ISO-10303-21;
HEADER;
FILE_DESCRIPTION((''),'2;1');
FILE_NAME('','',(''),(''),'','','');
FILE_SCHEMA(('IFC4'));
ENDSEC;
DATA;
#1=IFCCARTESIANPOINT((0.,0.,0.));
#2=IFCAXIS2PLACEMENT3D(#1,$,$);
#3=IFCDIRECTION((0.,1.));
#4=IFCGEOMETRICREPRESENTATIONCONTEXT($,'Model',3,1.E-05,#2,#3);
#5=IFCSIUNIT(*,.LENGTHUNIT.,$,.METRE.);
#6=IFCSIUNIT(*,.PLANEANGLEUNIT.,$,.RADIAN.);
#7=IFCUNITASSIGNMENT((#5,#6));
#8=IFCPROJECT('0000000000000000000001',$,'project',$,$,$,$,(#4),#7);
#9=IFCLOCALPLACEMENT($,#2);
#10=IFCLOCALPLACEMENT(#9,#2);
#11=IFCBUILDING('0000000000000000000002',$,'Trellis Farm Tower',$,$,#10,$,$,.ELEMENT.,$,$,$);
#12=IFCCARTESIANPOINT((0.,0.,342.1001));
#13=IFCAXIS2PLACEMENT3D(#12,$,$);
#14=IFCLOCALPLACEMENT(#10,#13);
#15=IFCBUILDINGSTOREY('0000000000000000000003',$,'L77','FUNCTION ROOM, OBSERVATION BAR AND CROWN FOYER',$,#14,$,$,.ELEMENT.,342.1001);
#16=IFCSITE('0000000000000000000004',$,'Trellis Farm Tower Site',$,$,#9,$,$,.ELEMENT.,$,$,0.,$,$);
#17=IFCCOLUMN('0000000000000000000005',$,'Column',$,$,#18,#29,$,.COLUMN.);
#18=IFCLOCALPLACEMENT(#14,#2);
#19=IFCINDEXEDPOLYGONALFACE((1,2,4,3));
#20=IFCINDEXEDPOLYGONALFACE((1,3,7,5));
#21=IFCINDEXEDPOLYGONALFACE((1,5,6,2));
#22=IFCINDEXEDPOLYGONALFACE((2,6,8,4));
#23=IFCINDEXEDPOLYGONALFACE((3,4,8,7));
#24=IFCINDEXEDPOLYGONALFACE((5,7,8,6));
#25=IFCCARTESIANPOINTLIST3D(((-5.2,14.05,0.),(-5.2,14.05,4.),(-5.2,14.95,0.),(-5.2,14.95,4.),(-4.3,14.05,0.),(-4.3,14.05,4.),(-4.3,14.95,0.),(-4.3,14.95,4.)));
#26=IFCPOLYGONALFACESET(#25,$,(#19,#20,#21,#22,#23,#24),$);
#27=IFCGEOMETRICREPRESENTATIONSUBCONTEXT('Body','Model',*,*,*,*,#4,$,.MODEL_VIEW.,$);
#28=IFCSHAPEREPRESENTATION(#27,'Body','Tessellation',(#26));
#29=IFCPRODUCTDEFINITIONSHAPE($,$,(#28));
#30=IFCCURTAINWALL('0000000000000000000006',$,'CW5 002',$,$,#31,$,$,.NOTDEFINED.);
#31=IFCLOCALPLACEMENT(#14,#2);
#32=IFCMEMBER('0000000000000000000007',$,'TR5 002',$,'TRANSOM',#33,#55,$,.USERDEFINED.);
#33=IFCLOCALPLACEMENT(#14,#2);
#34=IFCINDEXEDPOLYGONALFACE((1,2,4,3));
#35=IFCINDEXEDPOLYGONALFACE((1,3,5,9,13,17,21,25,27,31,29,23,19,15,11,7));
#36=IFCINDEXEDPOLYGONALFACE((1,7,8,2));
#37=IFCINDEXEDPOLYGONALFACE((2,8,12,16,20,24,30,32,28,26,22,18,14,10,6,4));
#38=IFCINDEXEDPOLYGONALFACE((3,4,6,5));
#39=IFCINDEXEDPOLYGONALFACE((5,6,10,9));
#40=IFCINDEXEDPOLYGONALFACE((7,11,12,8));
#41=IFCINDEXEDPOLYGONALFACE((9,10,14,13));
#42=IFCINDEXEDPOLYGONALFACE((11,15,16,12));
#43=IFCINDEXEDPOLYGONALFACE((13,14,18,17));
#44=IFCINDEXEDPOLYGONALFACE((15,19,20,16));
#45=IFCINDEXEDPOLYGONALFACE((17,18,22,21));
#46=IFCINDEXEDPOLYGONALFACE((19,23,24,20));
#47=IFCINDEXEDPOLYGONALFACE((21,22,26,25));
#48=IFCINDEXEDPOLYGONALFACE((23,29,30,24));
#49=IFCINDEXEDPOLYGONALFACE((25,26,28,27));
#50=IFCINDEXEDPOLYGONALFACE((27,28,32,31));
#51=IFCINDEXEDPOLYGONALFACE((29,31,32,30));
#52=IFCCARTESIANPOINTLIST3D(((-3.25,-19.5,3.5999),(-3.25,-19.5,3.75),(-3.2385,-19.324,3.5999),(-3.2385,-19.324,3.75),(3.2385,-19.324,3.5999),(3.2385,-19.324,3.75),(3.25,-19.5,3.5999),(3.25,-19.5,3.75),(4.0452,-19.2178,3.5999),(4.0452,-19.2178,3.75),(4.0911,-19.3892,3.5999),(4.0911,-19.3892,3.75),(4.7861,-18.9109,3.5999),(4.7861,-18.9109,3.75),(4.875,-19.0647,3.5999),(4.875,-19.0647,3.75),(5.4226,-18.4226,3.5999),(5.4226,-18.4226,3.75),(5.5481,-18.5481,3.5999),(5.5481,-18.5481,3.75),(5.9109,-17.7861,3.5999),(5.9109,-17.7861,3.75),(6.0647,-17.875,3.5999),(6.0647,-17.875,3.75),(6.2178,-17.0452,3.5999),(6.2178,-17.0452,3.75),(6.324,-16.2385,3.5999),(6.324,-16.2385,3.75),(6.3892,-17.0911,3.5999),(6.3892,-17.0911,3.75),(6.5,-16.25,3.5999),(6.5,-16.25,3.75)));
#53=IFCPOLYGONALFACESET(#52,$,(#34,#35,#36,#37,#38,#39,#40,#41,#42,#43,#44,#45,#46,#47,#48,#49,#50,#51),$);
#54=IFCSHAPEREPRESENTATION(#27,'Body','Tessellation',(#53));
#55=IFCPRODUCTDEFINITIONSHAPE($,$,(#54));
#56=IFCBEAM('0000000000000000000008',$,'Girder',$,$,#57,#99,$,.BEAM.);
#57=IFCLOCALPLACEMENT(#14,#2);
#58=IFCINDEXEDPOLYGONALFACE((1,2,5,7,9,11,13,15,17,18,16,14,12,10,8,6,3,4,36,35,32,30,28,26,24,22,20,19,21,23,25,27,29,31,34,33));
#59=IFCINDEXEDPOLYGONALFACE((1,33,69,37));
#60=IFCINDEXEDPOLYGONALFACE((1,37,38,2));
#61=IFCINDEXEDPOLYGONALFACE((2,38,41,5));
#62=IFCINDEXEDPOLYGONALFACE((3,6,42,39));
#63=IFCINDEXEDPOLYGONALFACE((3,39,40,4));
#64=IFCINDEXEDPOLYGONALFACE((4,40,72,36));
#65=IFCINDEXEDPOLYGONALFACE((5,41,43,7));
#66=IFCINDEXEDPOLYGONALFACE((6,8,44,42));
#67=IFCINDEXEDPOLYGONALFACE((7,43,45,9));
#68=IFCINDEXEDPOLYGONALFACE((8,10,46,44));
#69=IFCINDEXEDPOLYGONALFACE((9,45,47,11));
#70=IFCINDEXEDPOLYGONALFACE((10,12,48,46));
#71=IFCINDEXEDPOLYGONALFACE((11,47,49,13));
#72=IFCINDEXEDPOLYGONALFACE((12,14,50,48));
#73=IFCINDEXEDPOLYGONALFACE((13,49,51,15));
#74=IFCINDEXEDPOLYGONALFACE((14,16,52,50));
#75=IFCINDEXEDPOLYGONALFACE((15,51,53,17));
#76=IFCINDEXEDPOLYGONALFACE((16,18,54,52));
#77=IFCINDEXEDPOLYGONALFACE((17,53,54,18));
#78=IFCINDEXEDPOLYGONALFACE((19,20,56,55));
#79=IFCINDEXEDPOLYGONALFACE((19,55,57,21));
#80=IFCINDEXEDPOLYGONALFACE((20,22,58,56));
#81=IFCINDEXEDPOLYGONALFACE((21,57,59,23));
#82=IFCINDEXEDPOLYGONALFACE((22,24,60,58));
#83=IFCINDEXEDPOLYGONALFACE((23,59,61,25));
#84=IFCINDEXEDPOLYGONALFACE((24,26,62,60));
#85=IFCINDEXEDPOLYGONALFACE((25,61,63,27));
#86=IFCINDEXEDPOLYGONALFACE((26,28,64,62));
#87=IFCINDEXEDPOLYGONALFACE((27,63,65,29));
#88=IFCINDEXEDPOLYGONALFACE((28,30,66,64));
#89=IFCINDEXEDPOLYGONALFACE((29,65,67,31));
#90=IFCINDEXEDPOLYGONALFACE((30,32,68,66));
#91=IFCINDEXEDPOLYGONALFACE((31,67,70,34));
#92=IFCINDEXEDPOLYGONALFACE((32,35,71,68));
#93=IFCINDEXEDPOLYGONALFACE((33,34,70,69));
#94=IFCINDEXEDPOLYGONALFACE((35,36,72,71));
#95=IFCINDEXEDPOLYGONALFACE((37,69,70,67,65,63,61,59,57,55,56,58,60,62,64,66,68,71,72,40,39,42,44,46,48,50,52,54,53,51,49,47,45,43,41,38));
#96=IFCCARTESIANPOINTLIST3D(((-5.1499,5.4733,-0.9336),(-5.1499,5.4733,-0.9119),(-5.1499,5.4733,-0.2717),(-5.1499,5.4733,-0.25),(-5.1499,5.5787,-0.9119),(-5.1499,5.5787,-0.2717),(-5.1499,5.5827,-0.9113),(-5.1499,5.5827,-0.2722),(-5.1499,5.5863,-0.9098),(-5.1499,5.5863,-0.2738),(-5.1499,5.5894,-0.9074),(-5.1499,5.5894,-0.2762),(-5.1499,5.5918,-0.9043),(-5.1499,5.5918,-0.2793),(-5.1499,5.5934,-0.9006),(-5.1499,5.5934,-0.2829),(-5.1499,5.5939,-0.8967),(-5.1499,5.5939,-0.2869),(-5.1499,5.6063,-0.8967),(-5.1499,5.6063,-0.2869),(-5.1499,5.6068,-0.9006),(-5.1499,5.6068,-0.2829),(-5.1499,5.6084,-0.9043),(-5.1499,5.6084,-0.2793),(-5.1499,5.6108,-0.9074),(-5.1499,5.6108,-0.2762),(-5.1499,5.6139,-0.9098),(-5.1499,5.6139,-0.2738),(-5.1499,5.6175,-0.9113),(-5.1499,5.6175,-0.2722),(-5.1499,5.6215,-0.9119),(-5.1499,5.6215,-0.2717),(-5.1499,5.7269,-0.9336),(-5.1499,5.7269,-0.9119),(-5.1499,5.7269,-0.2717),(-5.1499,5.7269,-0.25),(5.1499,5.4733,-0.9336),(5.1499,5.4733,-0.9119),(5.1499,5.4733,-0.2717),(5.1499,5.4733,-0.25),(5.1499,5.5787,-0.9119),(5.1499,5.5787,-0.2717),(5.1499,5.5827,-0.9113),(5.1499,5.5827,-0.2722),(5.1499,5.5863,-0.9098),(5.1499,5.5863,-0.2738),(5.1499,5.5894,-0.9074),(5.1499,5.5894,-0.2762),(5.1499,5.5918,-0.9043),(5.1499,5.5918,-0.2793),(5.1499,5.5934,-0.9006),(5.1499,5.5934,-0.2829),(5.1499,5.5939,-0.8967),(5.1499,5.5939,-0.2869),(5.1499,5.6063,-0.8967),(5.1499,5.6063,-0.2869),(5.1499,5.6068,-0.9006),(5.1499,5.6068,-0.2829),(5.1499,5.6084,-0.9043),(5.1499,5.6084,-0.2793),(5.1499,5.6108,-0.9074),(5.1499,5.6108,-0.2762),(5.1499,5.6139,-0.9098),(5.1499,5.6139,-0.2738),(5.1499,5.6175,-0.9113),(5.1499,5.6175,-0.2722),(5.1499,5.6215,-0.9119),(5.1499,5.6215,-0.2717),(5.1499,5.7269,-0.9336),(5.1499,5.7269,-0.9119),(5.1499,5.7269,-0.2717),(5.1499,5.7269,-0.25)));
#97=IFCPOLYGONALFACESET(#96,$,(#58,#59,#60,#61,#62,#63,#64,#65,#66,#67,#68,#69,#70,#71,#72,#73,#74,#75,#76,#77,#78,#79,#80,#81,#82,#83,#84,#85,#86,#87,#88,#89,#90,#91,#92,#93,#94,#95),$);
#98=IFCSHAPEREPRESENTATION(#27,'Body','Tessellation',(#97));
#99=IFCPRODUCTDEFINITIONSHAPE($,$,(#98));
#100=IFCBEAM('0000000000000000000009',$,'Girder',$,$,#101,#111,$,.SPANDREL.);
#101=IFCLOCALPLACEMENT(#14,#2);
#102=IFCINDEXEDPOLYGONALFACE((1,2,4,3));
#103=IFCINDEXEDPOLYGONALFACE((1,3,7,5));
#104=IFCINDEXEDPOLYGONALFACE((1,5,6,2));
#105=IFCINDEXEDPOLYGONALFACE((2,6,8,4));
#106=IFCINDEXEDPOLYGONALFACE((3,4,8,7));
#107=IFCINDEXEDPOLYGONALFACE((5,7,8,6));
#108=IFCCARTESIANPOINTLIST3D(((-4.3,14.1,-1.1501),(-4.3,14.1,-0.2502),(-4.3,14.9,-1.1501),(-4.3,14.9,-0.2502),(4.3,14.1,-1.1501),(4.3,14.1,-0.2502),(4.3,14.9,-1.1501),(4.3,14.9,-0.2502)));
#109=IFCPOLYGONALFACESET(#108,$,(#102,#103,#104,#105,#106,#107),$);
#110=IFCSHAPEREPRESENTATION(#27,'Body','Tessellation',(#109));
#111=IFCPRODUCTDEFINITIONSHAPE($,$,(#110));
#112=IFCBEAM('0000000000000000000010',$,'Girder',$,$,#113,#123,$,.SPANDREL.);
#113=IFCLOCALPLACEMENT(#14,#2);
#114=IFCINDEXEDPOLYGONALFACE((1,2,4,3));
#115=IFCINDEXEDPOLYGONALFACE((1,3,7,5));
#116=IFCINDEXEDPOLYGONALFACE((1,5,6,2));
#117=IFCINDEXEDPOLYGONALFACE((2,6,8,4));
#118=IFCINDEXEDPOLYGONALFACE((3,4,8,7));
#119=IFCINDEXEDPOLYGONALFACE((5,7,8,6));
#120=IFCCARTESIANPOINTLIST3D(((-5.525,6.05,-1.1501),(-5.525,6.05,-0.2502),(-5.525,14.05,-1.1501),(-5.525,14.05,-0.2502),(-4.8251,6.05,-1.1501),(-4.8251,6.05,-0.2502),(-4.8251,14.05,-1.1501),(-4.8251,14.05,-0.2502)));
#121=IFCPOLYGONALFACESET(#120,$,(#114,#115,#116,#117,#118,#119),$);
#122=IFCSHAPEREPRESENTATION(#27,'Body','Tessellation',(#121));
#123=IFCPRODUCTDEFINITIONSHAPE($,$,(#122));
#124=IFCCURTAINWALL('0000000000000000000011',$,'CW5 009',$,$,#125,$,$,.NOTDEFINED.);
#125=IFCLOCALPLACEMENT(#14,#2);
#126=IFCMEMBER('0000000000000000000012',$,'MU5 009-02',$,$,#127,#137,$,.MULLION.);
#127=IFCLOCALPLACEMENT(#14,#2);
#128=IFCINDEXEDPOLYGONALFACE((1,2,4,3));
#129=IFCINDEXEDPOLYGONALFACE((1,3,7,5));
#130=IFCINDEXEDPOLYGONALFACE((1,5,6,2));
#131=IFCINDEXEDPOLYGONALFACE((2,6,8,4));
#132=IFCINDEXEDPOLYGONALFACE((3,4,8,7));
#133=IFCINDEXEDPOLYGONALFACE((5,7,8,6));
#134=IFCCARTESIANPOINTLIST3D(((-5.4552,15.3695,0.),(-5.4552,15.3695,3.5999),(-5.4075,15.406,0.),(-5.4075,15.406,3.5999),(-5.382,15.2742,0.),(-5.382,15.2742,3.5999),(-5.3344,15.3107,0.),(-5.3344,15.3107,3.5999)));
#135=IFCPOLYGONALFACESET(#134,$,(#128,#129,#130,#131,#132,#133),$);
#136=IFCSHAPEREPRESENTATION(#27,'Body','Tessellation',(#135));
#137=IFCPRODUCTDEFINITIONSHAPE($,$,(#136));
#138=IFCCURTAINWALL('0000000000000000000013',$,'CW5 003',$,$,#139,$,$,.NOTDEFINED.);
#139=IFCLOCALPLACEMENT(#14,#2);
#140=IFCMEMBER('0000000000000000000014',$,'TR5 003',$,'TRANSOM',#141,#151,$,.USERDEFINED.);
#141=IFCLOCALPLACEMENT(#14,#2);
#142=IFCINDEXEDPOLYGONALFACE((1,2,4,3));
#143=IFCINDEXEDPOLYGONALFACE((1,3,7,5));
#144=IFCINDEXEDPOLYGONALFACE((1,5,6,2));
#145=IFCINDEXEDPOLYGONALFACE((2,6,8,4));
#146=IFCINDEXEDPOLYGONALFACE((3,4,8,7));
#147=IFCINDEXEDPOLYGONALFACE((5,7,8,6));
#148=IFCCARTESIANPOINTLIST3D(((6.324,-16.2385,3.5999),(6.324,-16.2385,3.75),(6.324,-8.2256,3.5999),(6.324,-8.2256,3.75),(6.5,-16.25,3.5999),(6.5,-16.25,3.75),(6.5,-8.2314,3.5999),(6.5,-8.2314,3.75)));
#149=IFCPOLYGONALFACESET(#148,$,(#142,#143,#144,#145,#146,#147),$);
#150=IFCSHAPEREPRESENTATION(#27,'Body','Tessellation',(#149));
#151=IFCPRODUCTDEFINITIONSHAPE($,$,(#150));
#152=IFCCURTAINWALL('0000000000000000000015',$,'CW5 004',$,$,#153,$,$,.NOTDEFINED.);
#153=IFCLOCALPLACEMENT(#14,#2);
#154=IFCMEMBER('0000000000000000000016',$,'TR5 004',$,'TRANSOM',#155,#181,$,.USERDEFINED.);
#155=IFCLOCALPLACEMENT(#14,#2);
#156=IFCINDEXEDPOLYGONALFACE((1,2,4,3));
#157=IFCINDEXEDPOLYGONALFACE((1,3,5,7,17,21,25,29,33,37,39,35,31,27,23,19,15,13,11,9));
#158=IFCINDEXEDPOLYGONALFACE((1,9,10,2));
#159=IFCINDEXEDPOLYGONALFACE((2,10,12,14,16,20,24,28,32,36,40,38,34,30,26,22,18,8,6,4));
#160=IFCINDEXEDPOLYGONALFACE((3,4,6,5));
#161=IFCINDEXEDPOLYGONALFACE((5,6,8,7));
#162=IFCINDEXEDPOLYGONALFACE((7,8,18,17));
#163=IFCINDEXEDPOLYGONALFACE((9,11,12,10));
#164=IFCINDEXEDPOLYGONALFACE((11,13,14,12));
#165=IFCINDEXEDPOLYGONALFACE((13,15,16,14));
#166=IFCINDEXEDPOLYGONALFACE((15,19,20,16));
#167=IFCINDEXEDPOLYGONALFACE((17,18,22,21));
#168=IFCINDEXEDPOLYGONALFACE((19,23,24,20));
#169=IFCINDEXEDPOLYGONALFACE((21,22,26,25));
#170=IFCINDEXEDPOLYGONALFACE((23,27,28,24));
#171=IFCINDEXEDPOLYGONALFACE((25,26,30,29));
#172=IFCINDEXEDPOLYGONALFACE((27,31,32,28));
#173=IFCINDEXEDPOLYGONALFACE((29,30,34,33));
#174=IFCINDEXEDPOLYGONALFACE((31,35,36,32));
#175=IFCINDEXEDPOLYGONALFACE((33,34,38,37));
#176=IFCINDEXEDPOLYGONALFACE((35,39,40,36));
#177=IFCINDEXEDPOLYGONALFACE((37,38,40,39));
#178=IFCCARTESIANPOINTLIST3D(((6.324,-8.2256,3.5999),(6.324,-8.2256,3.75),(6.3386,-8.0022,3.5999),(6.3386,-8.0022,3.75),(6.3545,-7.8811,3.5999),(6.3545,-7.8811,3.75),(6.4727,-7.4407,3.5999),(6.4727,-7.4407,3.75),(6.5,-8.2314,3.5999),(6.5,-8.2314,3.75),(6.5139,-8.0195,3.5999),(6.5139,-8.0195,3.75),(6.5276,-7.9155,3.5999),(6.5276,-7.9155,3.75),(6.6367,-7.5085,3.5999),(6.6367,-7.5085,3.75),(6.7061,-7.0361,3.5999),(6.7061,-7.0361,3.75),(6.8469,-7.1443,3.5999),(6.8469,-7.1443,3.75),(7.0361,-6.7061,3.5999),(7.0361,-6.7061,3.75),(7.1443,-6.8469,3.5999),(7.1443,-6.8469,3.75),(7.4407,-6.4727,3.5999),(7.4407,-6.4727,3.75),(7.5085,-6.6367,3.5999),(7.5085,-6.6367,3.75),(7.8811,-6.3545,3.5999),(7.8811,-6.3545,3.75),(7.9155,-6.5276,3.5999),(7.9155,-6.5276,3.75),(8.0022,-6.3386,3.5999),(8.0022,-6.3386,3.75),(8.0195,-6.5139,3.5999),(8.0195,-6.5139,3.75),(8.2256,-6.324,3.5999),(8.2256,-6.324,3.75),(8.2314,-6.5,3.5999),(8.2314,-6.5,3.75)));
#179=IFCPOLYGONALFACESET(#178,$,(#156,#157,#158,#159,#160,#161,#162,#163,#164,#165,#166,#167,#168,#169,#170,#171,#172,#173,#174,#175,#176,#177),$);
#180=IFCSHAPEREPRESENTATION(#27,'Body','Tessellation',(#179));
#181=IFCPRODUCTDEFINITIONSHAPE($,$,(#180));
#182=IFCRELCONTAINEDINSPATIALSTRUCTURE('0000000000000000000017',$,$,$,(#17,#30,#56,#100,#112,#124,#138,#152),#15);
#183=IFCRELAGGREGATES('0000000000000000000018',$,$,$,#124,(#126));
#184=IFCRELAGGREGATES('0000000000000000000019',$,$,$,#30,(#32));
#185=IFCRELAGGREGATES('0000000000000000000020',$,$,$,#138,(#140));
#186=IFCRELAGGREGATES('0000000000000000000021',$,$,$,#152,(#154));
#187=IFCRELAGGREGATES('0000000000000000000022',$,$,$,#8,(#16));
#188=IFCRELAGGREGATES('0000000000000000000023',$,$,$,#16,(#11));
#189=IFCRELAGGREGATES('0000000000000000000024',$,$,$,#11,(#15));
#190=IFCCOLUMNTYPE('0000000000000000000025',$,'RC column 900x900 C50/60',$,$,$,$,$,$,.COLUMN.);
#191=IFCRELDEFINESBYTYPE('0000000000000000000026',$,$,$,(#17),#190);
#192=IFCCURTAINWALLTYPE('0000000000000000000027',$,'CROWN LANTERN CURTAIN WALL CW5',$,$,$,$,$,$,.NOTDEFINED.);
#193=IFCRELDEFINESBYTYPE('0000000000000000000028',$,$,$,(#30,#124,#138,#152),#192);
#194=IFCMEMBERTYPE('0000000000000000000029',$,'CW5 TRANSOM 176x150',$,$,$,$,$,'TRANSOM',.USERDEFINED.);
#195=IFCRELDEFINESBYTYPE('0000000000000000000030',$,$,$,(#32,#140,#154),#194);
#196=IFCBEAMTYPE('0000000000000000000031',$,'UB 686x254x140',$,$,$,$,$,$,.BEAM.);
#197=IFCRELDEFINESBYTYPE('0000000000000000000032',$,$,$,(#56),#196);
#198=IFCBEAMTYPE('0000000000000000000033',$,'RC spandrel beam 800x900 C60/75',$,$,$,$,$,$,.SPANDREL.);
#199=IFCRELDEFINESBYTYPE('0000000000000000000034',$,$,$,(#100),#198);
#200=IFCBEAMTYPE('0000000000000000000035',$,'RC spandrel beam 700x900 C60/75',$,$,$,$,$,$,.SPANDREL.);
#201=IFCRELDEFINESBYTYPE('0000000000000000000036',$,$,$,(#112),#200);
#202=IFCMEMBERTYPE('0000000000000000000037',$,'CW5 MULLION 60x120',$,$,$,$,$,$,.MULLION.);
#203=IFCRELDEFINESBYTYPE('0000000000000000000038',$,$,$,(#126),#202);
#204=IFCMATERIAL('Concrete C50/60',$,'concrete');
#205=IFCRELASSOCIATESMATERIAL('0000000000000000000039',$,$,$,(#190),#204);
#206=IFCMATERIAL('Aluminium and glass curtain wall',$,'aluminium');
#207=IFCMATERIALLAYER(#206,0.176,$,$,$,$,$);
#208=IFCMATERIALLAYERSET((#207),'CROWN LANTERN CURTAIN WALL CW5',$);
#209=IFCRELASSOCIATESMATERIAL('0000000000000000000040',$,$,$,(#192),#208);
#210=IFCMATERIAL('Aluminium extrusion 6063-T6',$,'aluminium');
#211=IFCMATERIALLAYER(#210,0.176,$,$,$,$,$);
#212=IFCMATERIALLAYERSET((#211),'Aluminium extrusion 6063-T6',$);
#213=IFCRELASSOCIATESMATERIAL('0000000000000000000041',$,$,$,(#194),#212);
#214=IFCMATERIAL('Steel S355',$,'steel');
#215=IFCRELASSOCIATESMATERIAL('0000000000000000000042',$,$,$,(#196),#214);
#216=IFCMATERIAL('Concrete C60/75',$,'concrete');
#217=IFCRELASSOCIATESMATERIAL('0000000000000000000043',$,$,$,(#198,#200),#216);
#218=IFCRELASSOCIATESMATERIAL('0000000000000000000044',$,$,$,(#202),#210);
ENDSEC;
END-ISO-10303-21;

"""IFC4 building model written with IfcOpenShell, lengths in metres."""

from ifc_helpers import new_model, si_unit, direction, frame, origin, origin_2d, place, context, subcontext, project, spatial, polyline, rectangle, i_section, outline, extrude, source, transform, mapped, material, layer, layer_set, material_profile, profile_set, type_object, element, aggregate, save


model = new_model("IFC4")

# Units and contexts
model_context = context("Model", 3, precision=1e-05, world=origin(), true_north=direction((0.0, 1.0)))
body_context = subcontext(model_context, "Body", "Model", "MODEL_VIEW")
ifc_project = project(units=[si_unit("LENGTHUNIT", "METRE"), si_unit("PLANEANGLEUNIT", "RADIAN")], contexts=[model_context])

# Site, building, storey
site_placement = place(None, origin())
site = spatial("IfcSite", under=ifc_project, at=site_placement, Name="Trellis Farm Tower Site", CompositionType="ELEMENT", RefElevation=0.0)
building_placement = place(site_placement, origin())
building = spatial("IfcBuilding", under=site, at=building_placement, Name="Trellis Farm Tower", CompositionType="ELEMENT")
storey_placement = place(building_placement, frame((0.0, 0.0, 342.1001)))
storey = spatial("IfcBuildingStorey", under=building, at=storey_placement, Name="L77", Description="FUNCTION ROOM, OBSERVATION BAR AND CROWN FOYER", CompositionType="ELEMENT", Elevation=342.1001)

# Column
ifc_material_1 = material(Name="Concrete C50/60", Category="concrete")
ifc_material_profile_1 = material_profile(ifc_material_1, rectangle(XDim=0.8999, YDim=0.8999, at=origin_2d()), Name="RC column 900x900 C50/60")
ifc_profile_set_1 = profile_set([ifc_material_profile_1], Name="Concrete C50/60")
column_type = type_object("IfcColumnType", Name="RC column 900x900 C50/60", PredefinedType="COLUMN", material=ifc_profile_set_1)
shared_shape_1 = source(origin(), body_context, "Body", "SweptSolid", [
    extrude(rectangle(XDim=0.8999, YDim=0.8999, at=origin_2d()), origin(), (0.0, 0.0, 1.0), 4.0),
])
column_placement = place(storey_placement, frame((-4.75, 14.5, 0.0), z_axis=(0.0, 0.0, 1.0), x_axis=(1.0, 0.0, 0.0)))
element("IfcColumn", 1, at=column_placement, inside=storey, type_object=column_type, Name="Column", PredefinedType="COLUMN", context=body_context, shape_type="MappedRepresentation", body=[
    mapped(shared_shape_1, transform((0.0, 0.0, 0.0))),
])

# Curtain wall, member
ifc_material_2 = material(Name="Aluminium and glass curtain wall", Category="aluminium")
ifc_layer_1 = layer(ifc_material_2, 0.176)
ifc_layer_set_1 = layer_set([ifc_layer_1], Name="CROWN LANTERN CURTAIN WALL CW5")
curtain_wall_type = type_object("IfcCurtainWallType", Name="CROWN LANTERN CURTAIN WALL CW5", PredefinedType="NOTDEFINED", material=ifc_layer_set_1)
placement_1 = place(storey_placement, origin())
curtain_wall_1 = element("IfcCurtainWall", 2, at=placement_1, inside=storey, type_object=curtain_wall_type, Name="CW5 002", PredefinedType="NOTDEFINED")
ifc_material_3 = material(Name="Aluminium extrusion 6063-T6", Category="aluminium")
ifc_layer_2 = layer(ifc_material_3, 0.176)
ifc_layer_set_2 = layer_set([ifc_layer_2], Name="Aluminium extrusion 6063-T6")
member_type_1 = type_object("IfcMemberType", Name="CW5 TRANSOM 176x150", ElementType="TRANSOM", PredefinedType="USERDEFINED", material=ifc_layer_set_2)
placement_2 = place(storey_placement, frame((0.0, 0.0, 3.5999)))
member_1 = element("IfcMember", 3, at=placement_2, type_object=member_type_1, Name="TR5 002", ObjectType="TRANSOM", PredefinedType="USERDEFINED", context=body_context, shape_type="SweptSolid", body=[
    extrude(outline(polyline([(-3.25, -19.5), (3.25, -19.5), (4.0911, -19.3892), (4.875, -19.0647), (5.5481, -18.5481), (6.0647, -17.875), (6.3892, -17.0911), (6.5, -16.25), (6.324, -16.2385), (6.2178, -17.0452), (5.9109, -17.7861), (5.4226, -18.4226), (4.7861, -18.9109), (4.0452, -19.2178), (3.2385, -19.324), (-3.2385, -19.324), (-3.25, -19.5)])), origin(), (0.0, 0.0, 1.0), 0.1501),
])

# Beams
ifc_material_4 = material(Name="Steel S355", Category="steel")
ifc_material_profile_2 = material_profile(ifc_material_4, i_section(OverallWidth=0.2537, OverallDepth=0.6836, WebThickness=0.0125, FlangeThickness=0.0217, FilletRadius=0.0151, at=origin_2d()), Name="UB 686x254x140")
ifc_profile_set_2 = profile_set([ifc_material_profile_2], Name="Steel S355")
beam_type_1 = type_object("IfcBeamType", Name="UB 686x254x140", PredefinedType="BEAM", material=ifc_profile_set_2)
shared_shape_2 = source(origin(), body_context, "Body", "SweptSolid", [
    extrude(i_section(OverallWidth=0.2537, OverallDepth=0.6836, WebThickness=0.0125, FlangeThickness=0.0217, FilletRadius=0.0151, at=origin_2d()), origin(), (0.0, 0.0, 1.0), 10.2998),
])
beam_1_placement = place(storey_placement, frame((-5.1499, 5.6001, -0.5918), z_axis=(1.0, 0.0, 0.0), x_axis=(0.0, 1.0, 0.0)))
element("IfcBeam", 4, at=beam_1_placement, inside=storey, type_object=beam_type_1, Name="Girder", PredefinedType="BEAM", context=body_context, shape_type="MappedRepresentation", body=[
    mapped(shared_shape_2, transform((0.0, 0.0, 0.0))),
])
ifc_material_5 = material(Name="Concrete C60/75", Category="concrete")
ifc_material_profile_3 = material_profile(ifc_material_5, rectangle(XDim=0.8, YDim=0.8999, at=origin_2d()), Name="RC spandrel beam 800x900 C60/75")
ifc_profile_set_3 = profile_set([ifc_material_profile_3], Name="Concrete C60/75")
beam_type_2 = type_object("IfcBeamType", Name="RC spandrel beam 800x900 C60/75", PredefinedType="SPANDREL", material=ifc_profile_set_3)
shared_shape_3 = source(origin(), body_context, "Body", "SweptSolid", [
    extrude(rectangle(XDim=0.8, YDim=0.8999, at=origin_2d()), origin(), (0.0, 0.0, 1.0), 8.6001),
])
beam_2_placement = place(storey_placement, frame((-4.3, 14.5, -0.7002), z_axis=(1.0, 0.0, 0.0), x_axis=(0.0, 1.0, 0.0)))
element("IfcBeam", 5, at=beam_2_placement, inside=storey, type_object=beam_type_2, Name="Girder", PredefinedType="SPANDREL", context=body_context, shape_type="MappedRepresentation", body=[
    mapped(shared_shape_3, transform((0.0, 0.0, 0.0))),
])
ifc_material_profile_4 = material_profile(ifc_material_5, rectangle(XDim=0.7, YDim=0.8999, at=origin_2d()), Name="RC spandrel beam 700x900 C60/75")
ifc_profile_set_4 = profile_set([ifc_material_profile_4], Name="Concrete C60/75")
beam_type_3 = type_object("IfcBeamType", Name="RC spandrel beam 700x900 C60/75", PredefinedType="SPANDREL", material=ifc_profile_set_4)
shared_shape_4 = source(origin(), body_context, "Body", "SweptSolid", [
    extrude(rectangle(XDim=0.7, YDim=0.8999, at=origin_2d()), origin(), (0.0, 0.0, 1.0), 8.0),
])
beam_3_placement = place(storey_placement, frame((-5.175, 6.05, -0.7002), z_axis=(0.0, 1.0, 0.0), x_axis=(-1.0, 0.0, 0.0)))
element("IfcBeam", 6, at=beam_3_placement, inside=storey, type_object=beam_type_3, Name="Girder", PredefinedType="SPANDREL", context=body_context, shape_type="MappedRepresentation", body=[
    mapped(shared_shape_4, transform((0.0, 0.0, 0.0))),
])

# Curtain walls, members
curtain_wall_2 = element("IfcCurtainWall", 7, at=placement_1, inside=storey, type_object=curtain_wall_type, Name="CW5 009", PredefinedType="NOTDEFINED")
ifc_material_profile_5 = material_profile(ifc_material_3, rectangle(XDim=0.0601, YDim=0.1201, at=origin_2d()), Name="MULLION 60x120")
ifc_profile_set_5 = profile_set([ifc_material_profile_5], Name="Aluminium extrusion 6063-T6")
member_type_2 = type_object("IfcMemberType", Name="CW5 MULLION 60x120", PredefinedType="MULLION", material=ifc_profile_set_5)
shared_shape_5 = source(origin(), body_context, "Body", "SweptSolid", [
    extrude(rectangle(XDim=0.0601, YDim=0.1201, at=origin_2d()), origin(), (0.0, 0.0, 1.0), 3.5999),
])
member_2_placement = place(storey_placement, frame((-5.3948, 15.3401, 0.0), z_axis=(0.0, 0.0, 1.0), x_axis=(-0.793353, -0.608761, 0.0)))
member_2 = element("IfcMember", 8, at=member_2_placement, type_object=member_type_2, Name="MU5 009-02", PredefinedType="MULLION", context=body_context, shape_type="MappedRepresentation", body=[
    mapped(shared_shape_5, transform((0.0, 0.0, 0.0))),
])
aggregate(curtain_wall_2, [member_2])
curtain_wall_3 = element("IfcCurtainWall", 9, at=placement_1, inside=storey, type_object=curtain_wall_type, Name="CW5 003", PredefinedType="NOTDEFINED")
shared_shape_6 = source(origin(), body_context, "Body", "SweptSolid", [
    extrude(outline(polyline([(6.5, -16.25), (6.5, -8.2314), (6.324, -8.2256), (6.324, -16.2385), (6.5, -16.25)])), origin(), (0.0, 0.0, 1.0), 0.1501),
])
member_3 = element("IfcMember", 10, at=placement_2, type_object=member_type_1, Name="TR5 003", ObjectType="TRANSOM", PredefinedType="USERDEFINED", context=body_context, shape_type="MappedRepresentation", body=[
    mapped(shared_shape_6, transform((0.0, 0.0, 0.0))),
])
curtain_wall_4 = element("IfcCurtainWall", 11, at=placement_1, inside=storey, type_object=curtain_wall_type, Name="CW5 004", PredefinedType="NOTDEFINED")
shared_shape_7 = source(origin(), body_context, "Body", "SweptSolid", [
    extrude(outline(polyline([(6.5, -8.2314), (6.5139, -8.0195), (6.5276, -7.9155), (6.6367, -7.5085), (6.8469, -7.1443), (7.1443, -6.8469), (7.5085, -6.6367), (7.9155, -6.5276), (8.0195, -6.5139), (8.2314, -6.5), (8.2256, -6.324), (8.0022, -6.3386), (7.8811, -6.3545), (7.4407, -6.4727), (7.0361, -6.7061), (6.7061, -7.0361), (6.4727, -7.4407), (6.3545, -7.8811), (6.3386, -8.0022), (6.324, -8.2256), (6.5, -8.2314)])), origin(), (0.0, 0.0, 1.0), 0.1501),
])
member_4 = element("IfcMember", 12, at=placement_2, type_object=member_type_1, Name="TR5 004", ObjectType="TRANSOM", PredefinedType="USERDEFINED", context=body_context, shape_type="MappedRepresentation", body=[
    mapped(shared_shape_7, transform((0.0, 0.0, 0.0))),
])

aggregate(curtain_wall_1, [member_1])
aggregate(curtain_wall_3, [member_3])
aggregate(curtain_wall_4, [member_4])

save(model, "model.ifc")
